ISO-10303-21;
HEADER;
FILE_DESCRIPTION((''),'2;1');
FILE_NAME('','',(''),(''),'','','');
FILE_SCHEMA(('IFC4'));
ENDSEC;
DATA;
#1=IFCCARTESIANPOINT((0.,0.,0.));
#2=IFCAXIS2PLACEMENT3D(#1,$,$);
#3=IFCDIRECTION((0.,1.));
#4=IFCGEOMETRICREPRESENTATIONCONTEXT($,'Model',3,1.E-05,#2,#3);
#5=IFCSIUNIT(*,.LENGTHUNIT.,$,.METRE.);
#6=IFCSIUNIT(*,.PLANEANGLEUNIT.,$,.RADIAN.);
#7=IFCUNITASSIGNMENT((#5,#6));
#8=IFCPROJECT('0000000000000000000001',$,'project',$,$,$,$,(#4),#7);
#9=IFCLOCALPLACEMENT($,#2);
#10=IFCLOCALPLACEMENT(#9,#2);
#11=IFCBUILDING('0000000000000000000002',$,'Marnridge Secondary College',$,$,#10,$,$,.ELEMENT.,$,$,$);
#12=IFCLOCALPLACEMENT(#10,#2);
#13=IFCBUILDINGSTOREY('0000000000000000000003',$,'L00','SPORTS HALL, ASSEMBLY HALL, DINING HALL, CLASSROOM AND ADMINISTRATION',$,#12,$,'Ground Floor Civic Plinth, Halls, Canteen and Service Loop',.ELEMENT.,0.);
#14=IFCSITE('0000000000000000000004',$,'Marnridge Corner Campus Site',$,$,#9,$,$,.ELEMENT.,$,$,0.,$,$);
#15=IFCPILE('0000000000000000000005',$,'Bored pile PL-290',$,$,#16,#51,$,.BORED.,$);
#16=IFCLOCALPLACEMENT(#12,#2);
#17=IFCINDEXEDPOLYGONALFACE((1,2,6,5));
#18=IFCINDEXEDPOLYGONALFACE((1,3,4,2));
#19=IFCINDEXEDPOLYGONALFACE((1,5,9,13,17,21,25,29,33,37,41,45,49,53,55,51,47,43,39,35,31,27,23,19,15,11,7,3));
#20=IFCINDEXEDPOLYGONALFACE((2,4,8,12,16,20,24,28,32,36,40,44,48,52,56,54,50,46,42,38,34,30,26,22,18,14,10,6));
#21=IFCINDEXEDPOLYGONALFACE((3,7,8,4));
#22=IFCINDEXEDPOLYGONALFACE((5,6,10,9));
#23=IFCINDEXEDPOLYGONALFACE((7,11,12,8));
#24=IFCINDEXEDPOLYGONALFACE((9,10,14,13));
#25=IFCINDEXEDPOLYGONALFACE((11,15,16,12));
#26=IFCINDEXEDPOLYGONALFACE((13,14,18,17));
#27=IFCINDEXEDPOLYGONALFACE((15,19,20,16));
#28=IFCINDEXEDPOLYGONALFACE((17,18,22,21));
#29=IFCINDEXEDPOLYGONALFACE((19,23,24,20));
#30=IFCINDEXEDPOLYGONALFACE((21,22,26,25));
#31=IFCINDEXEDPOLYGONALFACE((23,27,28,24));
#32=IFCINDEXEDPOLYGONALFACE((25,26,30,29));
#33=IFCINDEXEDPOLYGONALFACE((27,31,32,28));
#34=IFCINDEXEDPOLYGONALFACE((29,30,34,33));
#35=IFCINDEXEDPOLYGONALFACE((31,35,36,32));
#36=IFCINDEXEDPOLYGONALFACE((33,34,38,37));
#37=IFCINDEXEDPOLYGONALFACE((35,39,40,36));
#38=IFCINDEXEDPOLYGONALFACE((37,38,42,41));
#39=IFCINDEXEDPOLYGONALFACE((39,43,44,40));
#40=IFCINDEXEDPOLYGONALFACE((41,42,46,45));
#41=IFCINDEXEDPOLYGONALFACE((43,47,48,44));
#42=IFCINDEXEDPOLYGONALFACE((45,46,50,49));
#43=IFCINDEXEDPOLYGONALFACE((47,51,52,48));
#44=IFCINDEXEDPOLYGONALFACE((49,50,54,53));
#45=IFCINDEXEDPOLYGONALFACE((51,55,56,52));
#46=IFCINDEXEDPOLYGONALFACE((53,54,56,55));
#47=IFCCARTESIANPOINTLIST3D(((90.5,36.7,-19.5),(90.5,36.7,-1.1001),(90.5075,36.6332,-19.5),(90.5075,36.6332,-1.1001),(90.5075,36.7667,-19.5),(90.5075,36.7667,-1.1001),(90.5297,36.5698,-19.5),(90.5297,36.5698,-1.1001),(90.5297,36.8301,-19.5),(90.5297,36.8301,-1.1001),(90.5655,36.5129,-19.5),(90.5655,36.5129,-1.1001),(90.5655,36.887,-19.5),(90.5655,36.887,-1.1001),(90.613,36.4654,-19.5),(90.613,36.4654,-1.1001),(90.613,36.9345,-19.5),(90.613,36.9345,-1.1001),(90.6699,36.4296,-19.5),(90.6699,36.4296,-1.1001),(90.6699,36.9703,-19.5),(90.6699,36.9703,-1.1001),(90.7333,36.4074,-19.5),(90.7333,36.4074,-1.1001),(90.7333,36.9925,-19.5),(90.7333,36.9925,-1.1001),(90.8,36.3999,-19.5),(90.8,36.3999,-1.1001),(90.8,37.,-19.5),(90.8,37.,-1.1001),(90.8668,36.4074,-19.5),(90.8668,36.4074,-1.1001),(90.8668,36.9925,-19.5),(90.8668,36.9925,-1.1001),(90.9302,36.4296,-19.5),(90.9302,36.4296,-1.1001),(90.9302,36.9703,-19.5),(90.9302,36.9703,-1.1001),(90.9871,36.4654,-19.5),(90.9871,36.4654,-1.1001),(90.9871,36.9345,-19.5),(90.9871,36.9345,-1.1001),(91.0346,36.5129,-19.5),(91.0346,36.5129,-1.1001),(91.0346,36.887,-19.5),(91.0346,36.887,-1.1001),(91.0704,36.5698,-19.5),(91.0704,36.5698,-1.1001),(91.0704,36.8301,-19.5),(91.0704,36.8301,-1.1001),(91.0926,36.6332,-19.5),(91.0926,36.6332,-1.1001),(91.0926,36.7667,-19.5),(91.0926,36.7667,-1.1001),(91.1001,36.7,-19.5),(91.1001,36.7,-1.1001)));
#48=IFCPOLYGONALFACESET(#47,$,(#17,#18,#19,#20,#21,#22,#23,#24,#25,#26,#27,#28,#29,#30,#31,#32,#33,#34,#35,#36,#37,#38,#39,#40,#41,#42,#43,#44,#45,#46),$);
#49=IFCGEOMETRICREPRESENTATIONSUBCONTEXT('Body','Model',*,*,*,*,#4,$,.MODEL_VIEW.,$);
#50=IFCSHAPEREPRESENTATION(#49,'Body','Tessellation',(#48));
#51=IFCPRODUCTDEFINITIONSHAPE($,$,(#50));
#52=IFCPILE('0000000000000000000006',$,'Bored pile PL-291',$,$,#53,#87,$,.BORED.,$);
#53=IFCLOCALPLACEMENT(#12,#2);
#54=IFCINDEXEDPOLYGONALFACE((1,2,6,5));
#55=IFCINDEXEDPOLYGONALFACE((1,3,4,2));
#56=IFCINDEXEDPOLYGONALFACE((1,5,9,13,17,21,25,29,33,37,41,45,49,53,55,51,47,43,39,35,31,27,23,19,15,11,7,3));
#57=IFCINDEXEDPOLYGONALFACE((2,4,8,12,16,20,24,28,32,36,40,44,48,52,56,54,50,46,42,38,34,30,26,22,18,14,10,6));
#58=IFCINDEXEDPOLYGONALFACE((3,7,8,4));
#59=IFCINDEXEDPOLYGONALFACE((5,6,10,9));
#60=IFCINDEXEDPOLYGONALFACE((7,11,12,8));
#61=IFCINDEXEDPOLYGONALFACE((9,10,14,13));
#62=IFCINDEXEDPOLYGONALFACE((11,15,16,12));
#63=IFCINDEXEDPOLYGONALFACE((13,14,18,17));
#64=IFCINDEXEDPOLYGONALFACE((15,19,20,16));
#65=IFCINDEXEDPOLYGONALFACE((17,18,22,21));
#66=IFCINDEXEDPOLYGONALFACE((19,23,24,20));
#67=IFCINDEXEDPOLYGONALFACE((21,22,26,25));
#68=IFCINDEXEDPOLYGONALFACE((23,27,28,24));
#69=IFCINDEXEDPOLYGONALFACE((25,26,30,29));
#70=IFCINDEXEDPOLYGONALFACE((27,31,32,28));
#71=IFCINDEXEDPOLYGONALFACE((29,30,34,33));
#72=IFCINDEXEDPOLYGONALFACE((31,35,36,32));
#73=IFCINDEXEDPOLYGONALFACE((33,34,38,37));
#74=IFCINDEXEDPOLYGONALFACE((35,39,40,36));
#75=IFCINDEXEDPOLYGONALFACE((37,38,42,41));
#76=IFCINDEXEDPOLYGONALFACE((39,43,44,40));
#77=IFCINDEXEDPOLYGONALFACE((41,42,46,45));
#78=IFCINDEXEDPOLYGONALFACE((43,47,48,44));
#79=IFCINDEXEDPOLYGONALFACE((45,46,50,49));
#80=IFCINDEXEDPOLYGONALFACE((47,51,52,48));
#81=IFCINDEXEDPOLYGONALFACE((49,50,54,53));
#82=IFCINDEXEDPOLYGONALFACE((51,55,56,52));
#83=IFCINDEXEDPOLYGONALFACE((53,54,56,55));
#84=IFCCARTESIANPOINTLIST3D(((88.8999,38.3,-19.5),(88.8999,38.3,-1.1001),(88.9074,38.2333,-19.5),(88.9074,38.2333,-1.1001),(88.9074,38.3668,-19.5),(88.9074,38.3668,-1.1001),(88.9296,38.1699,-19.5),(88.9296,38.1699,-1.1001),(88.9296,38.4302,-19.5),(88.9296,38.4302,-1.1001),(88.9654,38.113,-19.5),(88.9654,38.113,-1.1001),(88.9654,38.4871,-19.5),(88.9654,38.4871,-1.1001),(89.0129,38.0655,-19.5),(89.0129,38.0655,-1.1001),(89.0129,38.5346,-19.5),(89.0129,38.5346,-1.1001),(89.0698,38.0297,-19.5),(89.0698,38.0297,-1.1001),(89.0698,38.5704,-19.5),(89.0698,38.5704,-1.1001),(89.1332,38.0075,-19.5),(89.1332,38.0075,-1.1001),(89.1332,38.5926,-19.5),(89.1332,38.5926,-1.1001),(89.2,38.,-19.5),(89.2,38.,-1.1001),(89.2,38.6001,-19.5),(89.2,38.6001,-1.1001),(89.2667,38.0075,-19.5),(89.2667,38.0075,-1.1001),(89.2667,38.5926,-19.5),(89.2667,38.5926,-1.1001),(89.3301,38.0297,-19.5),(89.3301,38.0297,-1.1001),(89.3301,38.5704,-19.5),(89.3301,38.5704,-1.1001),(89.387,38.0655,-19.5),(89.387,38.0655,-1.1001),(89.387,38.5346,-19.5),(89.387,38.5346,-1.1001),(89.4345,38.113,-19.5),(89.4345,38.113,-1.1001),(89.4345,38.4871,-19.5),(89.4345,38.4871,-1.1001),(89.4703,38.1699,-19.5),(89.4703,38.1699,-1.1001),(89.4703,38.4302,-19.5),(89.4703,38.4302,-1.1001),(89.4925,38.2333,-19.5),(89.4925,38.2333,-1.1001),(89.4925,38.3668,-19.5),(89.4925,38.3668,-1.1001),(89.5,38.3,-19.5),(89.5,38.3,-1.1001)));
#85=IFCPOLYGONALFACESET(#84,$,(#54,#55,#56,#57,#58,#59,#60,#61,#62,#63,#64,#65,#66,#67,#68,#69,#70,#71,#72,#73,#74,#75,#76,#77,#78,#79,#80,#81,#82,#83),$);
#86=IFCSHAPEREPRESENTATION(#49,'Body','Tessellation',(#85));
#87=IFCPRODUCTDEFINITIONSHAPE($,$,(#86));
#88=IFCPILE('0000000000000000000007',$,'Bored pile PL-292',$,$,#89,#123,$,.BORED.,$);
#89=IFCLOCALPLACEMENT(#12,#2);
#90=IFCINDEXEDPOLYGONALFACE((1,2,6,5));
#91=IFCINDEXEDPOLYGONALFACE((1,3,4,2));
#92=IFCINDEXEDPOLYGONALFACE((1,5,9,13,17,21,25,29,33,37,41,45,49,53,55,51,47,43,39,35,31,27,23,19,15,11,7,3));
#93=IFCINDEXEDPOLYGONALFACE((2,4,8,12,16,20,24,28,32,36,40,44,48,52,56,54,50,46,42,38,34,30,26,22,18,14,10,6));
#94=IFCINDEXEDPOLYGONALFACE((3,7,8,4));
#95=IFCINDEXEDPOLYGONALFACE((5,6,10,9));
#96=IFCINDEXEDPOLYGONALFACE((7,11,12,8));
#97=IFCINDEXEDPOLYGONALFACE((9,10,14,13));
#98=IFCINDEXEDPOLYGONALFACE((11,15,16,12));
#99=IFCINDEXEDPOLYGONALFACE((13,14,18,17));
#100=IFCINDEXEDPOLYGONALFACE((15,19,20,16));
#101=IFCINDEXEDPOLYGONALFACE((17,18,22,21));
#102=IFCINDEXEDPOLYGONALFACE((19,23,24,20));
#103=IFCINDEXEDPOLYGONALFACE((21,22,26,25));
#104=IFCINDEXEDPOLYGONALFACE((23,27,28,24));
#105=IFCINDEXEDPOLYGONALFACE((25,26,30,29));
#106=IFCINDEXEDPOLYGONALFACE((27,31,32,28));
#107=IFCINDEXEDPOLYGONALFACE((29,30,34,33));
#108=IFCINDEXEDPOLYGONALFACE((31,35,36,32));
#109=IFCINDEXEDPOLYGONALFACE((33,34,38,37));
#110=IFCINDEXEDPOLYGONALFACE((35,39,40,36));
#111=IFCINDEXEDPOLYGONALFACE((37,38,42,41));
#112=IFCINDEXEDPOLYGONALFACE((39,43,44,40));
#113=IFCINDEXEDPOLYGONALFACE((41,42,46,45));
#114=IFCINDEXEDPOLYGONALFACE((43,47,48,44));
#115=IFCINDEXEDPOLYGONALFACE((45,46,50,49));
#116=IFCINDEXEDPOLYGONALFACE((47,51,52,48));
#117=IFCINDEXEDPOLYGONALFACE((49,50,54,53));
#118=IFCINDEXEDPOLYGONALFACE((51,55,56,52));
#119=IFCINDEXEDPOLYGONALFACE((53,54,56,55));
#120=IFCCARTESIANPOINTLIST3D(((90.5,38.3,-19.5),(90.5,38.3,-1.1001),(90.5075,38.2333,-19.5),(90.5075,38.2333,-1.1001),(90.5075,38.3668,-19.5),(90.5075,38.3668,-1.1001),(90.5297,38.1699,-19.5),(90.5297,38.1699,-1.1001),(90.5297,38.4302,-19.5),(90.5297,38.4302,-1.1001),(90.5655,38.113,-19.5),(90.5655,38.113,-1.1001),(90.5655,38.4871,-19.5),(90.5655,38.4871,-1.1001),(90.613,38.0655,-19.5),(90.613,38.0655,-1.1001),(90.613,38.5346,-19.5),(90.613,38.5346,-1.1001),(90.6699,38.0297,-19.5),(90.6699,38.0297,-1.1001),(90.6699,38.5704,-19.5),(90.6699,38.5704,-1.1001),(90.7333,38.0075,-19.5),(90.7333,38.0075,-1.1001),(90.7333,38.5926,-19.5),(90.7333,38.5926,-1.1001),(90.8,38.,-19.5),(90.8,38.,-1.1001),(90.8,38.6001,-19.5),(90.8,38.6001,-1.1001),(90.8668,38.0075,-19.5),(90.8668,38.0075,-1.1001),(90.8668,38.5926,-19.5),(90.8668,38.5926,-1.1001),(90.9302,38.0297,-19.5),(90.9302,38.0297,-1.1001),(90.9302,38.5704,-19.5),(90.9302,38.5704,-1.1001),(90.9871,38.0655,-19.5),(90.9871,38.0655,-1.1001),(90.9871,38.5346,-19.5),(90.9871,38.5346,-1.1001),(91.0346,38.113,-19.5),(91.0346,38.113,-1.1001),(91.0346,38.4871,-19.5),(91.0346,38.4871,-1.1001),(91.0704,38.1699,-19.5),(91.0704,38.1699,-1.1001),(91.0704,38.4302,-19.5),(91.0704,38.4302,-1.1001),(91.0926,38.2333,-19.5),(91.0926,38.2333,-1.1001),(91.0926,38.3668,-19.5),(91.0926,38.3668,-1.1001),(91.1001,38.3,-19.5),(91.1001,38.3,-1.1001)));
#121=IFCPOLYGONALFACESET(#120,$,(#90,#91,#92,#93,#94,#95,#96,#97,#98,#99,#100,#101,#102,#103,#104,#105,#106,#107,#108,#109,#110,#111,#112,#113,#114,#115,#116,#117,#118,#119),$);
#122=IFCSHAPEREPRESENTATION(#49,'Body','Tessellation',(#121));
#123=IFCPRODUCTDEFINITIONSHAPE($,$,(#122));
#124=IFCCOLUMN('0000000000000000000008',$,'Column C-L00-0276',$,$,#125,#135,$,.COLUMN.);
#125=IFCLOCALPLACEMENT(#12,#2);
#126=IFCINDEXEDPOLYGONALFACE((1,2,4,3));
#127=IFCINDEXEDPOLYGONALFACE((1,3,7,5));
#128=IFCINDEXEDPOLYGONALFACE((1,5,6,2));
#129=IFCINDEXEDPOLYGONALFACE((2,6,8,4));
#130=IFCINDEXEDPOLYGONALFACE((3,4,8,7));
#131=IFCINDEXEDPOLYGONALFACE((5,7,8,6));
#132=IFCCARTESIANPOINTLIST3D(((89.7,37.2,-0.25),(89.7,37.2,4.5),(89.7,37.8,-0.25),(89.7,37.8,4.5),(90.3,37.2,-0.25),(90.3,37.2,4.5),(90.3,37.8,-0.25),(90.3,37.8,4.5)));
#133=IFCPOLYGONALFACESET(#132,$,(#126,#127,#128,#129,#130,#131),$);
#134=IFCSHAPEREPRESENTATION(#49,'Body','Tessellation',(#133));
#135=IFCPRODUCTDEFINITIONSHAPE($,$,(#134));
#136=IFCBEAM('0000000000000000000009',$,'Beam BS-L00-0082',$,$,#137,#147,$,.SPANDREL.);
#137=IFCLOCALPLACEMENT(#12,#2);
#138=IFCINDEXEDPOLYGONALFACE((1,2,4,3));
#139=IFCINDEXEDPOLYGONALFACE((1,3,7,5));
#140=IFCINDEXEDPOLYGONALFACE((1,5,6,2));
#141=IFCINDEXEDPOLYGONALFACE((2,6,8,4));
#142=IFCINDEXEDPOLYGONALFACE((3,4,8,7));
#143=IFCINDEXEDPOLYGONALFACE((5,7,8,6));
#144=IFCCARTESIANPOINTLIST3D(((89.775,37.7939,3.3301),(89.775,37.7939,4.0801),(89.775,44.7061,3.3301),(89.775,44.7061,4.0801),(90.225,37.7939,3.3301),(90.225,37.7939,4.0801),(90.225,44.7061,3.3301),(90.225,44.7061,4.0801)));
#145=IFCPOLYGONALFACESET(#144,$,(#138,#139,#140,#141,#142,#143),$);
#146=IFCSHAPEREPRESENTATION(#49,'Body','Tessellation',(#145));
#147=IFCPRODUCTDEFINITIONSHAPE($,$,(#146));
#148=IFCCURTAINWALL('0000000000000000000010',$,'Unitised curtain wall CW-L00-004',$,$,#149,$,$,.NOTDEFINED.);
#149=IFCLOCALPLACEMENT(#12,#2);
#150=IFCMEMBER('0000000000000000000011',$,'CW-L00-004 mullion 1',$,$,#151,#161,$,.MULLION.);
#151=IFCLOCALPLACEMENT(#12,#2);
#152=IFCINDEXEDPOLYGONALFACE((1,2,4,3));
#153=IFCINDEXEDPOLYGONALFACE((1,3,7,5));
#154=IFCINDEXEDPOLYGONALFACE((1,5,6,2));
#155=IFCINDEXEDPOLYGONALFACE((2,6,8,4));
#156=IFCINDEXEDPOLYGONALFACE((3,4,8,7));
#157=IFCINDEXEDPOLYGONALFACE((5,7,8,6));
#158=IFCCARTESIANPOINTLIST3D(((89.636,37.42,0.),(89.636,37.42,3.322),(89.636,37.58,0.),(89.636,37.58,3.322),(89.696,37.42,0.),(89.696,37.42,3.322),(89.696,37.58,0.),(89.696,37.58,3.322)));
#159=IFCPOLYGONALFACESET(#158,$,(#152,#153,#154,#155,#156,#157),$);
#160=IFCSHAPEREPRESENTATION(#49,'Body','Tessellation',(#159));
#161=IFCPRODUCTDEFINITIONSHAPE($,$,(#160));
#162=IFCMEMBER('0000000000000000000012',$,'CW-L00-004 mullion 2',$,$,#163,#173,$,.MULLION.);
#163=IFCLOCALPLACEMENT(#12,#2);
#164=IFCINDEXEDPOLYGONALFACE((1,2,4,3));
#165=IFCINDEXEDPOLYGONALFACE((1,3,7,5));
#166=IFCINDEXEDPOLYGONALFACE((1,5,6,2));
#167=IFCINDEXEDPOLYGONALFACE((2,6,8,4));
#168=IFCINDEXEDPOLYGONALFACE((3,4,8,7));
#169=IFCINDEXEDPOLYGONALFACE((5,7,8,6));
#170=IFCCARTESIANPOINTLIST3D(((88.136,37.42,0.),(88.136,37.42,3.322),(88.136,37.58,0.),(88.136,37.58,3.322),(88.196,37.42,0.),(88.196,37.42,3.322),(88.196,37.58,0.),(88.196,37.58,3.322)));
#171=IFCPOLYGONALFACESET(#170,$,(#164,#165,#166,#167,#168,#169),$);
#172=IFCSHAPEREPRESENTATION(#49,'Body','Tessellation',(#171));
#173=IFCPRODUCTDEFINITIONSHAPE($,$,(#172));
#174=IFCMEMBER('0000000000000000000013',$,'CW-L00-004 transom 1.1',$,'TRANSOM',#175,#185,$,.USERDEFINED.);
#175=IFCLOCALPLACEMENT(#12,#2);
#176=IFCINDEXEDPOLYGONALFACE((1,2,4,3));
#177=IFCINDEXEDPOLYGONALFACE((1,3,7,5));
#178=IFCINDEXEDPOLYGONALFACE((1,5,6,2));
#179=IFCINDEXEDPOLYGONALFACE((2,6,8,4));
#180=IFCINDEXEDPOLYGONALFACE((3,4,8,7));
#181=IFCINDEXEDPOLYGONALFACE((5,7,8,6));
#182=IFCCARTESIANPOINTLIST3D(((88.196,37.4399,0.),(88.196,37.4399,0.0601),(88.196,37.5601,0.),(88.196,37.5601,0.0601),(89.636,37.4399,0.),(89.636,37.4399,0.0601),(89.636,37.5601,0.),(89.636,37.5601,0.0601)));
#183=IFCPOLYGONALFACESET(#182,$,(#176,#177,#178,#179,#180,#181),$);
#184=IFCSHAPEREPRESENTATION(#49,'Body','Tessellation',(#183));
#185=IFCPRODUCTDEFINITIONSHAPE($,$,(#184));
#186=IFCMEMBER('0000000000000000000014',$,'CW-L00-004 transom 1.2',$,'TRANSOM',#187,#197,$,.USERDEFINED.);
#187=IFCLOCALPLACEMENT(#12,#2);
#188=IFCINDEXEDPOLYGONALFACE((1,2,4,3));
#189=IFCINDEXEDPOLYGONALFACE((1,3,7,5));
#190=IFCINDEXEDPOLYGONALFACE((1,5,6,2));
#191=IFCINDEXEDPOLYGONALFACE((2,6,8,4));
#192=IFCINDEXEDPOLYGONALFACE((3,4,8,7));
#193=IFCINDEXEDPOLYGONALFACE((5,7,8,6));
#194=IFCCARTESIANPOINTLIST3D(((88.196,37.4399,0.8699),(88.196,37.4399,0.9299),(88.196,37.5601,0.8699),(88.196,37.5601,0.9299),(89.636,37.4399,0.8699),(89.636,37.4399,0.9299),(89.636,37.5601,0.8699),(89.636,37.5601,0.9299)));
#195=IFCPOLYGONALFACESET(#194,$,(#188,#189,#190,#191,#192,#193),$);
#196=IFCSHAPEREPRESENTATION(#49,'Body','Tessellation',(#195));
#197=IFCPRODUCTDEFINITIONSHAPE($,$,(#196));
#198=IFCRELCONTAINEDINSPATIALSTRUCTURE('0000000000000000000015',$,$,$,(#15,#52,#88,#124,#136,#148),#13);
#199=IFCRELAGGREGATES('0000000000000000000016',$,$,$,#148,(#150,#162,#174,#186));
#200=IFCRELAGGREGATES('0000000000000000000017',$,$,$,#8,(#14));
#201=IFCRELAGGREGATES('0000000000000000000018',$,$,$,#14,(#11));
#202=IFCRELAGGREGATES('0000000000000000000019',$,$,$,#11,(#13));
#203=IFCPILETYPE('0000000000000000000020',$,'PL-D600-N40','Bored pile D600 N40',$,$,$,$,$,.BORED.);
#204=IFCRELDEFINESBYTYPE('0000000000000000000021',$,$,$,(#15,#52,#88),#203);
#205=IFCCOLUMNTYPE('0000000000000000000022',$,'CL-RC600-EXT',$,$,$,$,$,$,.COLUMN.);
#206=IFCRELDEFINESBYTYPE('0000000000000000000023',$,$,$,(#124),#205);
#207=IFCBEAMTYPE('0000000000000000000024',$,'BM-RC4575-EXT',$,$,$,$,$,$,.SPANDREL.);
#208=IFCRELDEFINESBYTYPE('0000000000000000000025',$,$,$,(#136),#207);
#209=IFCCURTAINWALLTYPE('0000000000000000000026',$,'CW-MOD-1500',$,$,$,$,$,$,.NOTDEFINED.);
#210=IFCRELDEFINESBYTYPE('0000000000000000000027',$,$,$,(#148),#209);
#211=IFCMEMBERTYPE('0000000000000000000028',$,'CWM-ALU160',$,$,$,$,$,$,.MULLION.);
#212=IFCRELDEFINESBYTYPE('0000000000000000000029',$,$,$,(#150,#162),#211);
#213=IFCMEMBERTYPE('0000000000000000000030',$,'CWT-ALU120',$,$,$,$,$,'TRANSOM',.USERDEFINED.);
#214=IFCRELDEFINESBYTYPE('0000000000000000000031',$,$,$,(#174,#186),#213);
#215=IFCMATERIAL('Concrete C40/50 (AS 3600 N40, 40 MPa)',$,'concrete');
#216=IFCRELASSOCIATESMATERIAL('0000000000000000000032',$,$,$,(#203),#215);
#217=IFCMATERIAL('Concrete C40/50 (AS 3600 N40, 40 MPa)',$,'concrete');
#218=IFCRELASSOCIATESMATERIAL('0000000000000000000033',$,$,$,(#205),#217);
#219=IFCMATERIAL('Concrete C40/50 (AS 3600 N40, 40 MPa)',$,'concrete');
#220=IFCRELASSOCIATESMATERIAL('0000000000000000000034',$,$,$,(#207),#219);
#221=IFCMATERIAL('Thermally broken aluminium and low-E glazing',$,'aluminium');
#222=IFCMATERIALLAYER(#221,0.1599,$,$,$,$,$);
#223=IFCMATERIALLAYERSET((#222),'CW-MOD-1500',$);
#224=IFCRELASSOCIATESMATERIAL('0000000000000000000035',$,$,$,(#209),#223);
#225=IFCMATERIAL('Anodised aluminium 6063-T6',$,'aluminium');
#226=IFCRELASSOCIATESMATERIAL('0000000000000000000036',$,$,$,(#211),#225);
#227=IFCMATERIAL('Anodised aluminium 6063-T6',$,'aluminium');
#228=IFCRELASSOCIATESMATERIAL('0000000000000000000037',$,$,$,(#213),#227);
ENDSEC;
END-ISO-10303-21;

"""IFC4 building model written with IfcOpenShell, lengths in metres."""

from ifc_helpers import new_model, si_unit, direction, frame, origin, origin_2d, place, context, subcontext, project, spatial, rectangle, circle, extrude, material, layer, layer_set, material_profile, profile_set, type_object, element, aggregate, save


model = new_model("IFC4")

# Units and contexts
model_context = context("Model", 3, precision=1e-05, world=origin(), true_north=direction((0.0, 1.0)))
body_context = subcontext(model_context, "Body", "Model", "MODEL_VIEW")
ifc_project = project(units=[si_unit("LENGTHUNIT", "METRE"), si_unit("PLANEANGLEUNIT", "RADIAN")], contexts=[model_context])

# Site, building, storey
site_placement = place(None, origin())
site = spatial("IfcSite", under=ifc_project, at=site_placement, Name="Marnridge Corner Campus Site", CompositionType="ELEMENT", RefElevation=0.0)
building_placement = place(site_placement, origin())
building = spatial("IfcBuilding", under=site, at=building_placement, Name="Marnridge Secondary College", CompositionType="ELEMENT")
storey_placement = place(building_placement, origin())
storey = spatial("IfcBuildingStorey", under=building, at=storey_placement, Name="L00", Description="SPORTS HALL, ASSEMBLY HALL, DINING HALL, CLASSROOM AND ADMINISTRATION", LongName="Ground Floor Civic Plinth, Halls, Canteen and Service Loop", CompositionType="ELEMENT", Elevation=0.0)

# Piles
ifc_material_1 = material(Name="Concrete C40/50 (AS 3600 N40, 40 MPa)", Category="concrete")
ifc_material_profile_1 = material_profile(ifc_material_1, circle(Radius=0.3, at=origin_2d()), Name="PILE D600")
ifc_profile_set_1 = profile_set([ifc_material_profile_1], Name="Concrete C40/50 (AS 3600 N40, 40 MPa)")
pile_type = type_object("IfcPileType", Name="PL-D600-N40", Description="Bored pile D600 N40", PredefinedType="BORED", material=ifc_profile_set_1)
for number, where, z_axis, x_axis, name in (
    (1, (90.8, 36.7, -1.1001), (0.0, 0.0, -1.0), (1.0, 0.0, 0.0), "Bored pile PL-290"),
    (2, (89.2, 38.3, -1.1001), (0.0, 0.0, -1.0), (1.0, 0.0, 0.0), "Bored pile PL-291"),
    (3, (90.8, 38.3, -1.1001), (0.0, 0.0, -1.0), (1.0, 0.0, 0.0), "Bored pile PL-292"),
):
    element("IfcPile", number, at=place(storey_placement, frame(where, z_axis=z_axis, x_axis=x_axis)), inside=storey, type_object=pile_type, Name=name, PredefinedType="BORED", context=body_context, shape_type="SweptSolid", body=[
        extrude(circle(Radius=0.3, at=origin_2d()), origin(), (0.0, 0.0, 1.0), 18.3999),
    ])

# Column
ifc_material_2 = material(Name="Concrete C40/50 (AS 3600 N40, 40 MPa)", Category="concrete")
ifc_material_profile_2 = material_profile(ifc_material_2, rectangle(XDim=0.6001, YDim=0.6001, at=origin_2d()), Name="RC 600x600")
ifc_profile_set_2 = profile_set([ifc_material_profile_2], Name="Concrete C40/50 (AS 3600 N40, 40 MPa)")
column_type = type_object("IfcColumnType", Name="CL-RC600-EXT", PredefinedType="COLUMN", material=ifc_profile_set_2)
column_placement = place(storey_placement, frame((90.0, 37.5, -0.25), z_axis=(0.0, 0.0, 1.0), x_axis=(1.0, 0.0, 0.0)))
element("IfcColumn", 4, at=column_placement, inside=storey, type_object=column_type, Name="Column C-L00-0276", PredefinedType="COLUMN", context=body_context, shape_type="SweptSolid", body=[
    extrude(rectangle(XDim=0.6001, YDim=0.6001, at=origin_2d()), origin(), (0.0, 0.0, 1.0), 4.75),
])

# Beam
ifc_material_3 = material(Name="Concrete C40/50 (AS 3600 N40, 40 MPa)", Category="concrete")
ifc_material_profile_3 = material_profile(ifc_material_3, rectangle(XDim=0.45, YDim=0.75, at=origin_2d()), Name="RC 450x750")
ifc_profile_set_3 = profile_set([ifc_material_profile_3], Name="Concrete C40/50 (AS 3600 N40, 40 MPa)")
beam_type = type_object("IfcBeamType", Name="BM-RC4575-EXT", PredefinedType="SPANDREL", material=ifc_profile_set_3)
beam_placement = place(storey_placement, frame((90.0, 37.7939, 3.7051), z_axis=(0.0, 1.0, 0.0), x_axis=(-1.0, 0.0, 0.0)))
element("IfcBeam", 5, at=beam_placement, inside=storey, type_object=beam_type, Name="Beam BS-L00-0082", PredefinedType="SPANDREL", context=body_context, shape_type="SweptSolid", body=[
    extrude(rectangle(XDim=0.45, YDim=0.75, at=origin_2d()), origin(), (0.0, 0.0, 1.0), 6.9121),
])

# Curtain wall, members
ifc_material_4 = material(Name="Thermally broken aluminium and low-E glazing", Category="aluminium")
ifc_layer_1 = layer(ifc_material_4, 0.1599)
ifc_layer_set_1 = layer_set([ifc_layer_1], Name="CW-MOD-1500")
curtain_wall_type = type_object("IfcCurtainWallType", Name="CW-MOD-1500", PredefinedType="NOTDEFINED", material=ifc_layer_set_1)
curtain_wall_placement = place(storey_placement, origin())
curtain_wall = element("IfcCurtainWall", 6, at=curtain_wall_placement, inside=storey, type_object=curtain_wall_type, Name="Unitised curtain wall CW-L00-004", PredefinedType="NOTDEFINED")
ifc_material_5 = material(Name="Anodised aluminium 6063-T6", Category="aluminium")
ifc_material_profile_4 = material_profile(ifc_material_5, rectangle(XDim=0.0601, YDim=0.1599, at=origin_2d()), Name="ALU 60x160")
ifc_profile_set_4 = profile_set([ifc_material_profile_4], Name="Anodised aluminium 6063-T6")
member_type_1 = type_object("IfcMemberType", Name="CWM-ALU160", PredefinedType="MULLION", material=ifc_profile_set_4)
member_1_placement = place(storey_placement, frame((89.666, 37.5, 0.0), z_axis=(0.0, 0.0, 1.0), x_axis=(-1.0, 0.0, 0.0)))
member_1 = element("IfcMember", 7, at=member_1_placement, type_object=member_type_1, Name="CW-L00-004 mullion 1", PredefinedType="MULLION", context=body_context, shape_type="SweptSolid", body=[
    extrude(rectangle(XDim=0.0601, YDim=0.1599, at=origin_2d()), origin(), (0.0, 0.0, 1.0), 3.322),
])
member_2_placement = place(storey_placement, frame((88.166, 37.5, 0.0), z_axis=(0.0, 0.0, 1.0), x_axis=(-1.0, 0.0, 0.0)))
member_2 = element("IfcMember", 8, at=member_2_placement, type_object=member_type_1, Name="CW-L00-004 mullion 2", PredefinedType="MULLION", context=body_context, shape_type="SweptSolid", body=[
    extrude(rectangle(XDim=0.0601, YDim=0.1599, at=origin_2d()), origin(), (0.0, 0.0, 1.0), 3.322),
])
ifc_material_6 = material(Name="Anodised aluminium 6063-T6", Category="aluminium")
ifc_material_profile_5 = material_profile(ifc_material_6, rectangle(XDim=0.0601, YDim=0.1201, at=origin_2d()), Name="ALU 60x120")
ifc_profile_set_5 = profile_set([ifc_material_profile_5], Name="Anodised aluminium 6063-T6")
member_type_2 = type_object("IfcMemberType", Name="CWT-ALU120", ElementType="TRANSOM", PredefinedType="USERDEFINED", material=ifc_profile_set_5)
member_3_placement = place(storey_placement, frame((89.636, 37.5, 0.03), z_axis=(-1.0, 0.0, 0.0), x_axis=(0.0, 0.0, 1.0)))
member_3 = element("IfcMember", 9, at=member_3_placement, type_object=member_type_2, Name="CW-L00-004 transom 1.1", ObjectType="TRANSOM", PredefinedType="USERDEFINED", context=body_context, shape_type="SweptSolid", body=[
    extrude(rectangle(XDim=0.0601, YDim=0.1201, at=origin_2d()), origin(), (0.0, 0.0, 1.0), 1.4399),
])
member_4_placement = place(storey_placement, frame((89.636, 37.5, 0.8999), z_axis=(-1.0, 0.0, 0.0), x_axis=(0.0, 0.0, 1.0)))
member_4 = element("IfcMember", 10, at=member_4_placement, type_object=member_type_2, Name="CW-L00-004 transom 1.2", ObjectType="TRANSOM", PredefinedType="USERDEFINED", context=body_context, shape_type="SweptSolid", body=[
    extrude(rectangle(XDim=0.0601, YDim=0.1201, at=origin_2d()), origin(), (0.0, 0.0, 1.0), 1.4399),
])
aggregate(curtain_wall, [member_1, member_2, member_3, member_4])

save(model, "model.ifc")
